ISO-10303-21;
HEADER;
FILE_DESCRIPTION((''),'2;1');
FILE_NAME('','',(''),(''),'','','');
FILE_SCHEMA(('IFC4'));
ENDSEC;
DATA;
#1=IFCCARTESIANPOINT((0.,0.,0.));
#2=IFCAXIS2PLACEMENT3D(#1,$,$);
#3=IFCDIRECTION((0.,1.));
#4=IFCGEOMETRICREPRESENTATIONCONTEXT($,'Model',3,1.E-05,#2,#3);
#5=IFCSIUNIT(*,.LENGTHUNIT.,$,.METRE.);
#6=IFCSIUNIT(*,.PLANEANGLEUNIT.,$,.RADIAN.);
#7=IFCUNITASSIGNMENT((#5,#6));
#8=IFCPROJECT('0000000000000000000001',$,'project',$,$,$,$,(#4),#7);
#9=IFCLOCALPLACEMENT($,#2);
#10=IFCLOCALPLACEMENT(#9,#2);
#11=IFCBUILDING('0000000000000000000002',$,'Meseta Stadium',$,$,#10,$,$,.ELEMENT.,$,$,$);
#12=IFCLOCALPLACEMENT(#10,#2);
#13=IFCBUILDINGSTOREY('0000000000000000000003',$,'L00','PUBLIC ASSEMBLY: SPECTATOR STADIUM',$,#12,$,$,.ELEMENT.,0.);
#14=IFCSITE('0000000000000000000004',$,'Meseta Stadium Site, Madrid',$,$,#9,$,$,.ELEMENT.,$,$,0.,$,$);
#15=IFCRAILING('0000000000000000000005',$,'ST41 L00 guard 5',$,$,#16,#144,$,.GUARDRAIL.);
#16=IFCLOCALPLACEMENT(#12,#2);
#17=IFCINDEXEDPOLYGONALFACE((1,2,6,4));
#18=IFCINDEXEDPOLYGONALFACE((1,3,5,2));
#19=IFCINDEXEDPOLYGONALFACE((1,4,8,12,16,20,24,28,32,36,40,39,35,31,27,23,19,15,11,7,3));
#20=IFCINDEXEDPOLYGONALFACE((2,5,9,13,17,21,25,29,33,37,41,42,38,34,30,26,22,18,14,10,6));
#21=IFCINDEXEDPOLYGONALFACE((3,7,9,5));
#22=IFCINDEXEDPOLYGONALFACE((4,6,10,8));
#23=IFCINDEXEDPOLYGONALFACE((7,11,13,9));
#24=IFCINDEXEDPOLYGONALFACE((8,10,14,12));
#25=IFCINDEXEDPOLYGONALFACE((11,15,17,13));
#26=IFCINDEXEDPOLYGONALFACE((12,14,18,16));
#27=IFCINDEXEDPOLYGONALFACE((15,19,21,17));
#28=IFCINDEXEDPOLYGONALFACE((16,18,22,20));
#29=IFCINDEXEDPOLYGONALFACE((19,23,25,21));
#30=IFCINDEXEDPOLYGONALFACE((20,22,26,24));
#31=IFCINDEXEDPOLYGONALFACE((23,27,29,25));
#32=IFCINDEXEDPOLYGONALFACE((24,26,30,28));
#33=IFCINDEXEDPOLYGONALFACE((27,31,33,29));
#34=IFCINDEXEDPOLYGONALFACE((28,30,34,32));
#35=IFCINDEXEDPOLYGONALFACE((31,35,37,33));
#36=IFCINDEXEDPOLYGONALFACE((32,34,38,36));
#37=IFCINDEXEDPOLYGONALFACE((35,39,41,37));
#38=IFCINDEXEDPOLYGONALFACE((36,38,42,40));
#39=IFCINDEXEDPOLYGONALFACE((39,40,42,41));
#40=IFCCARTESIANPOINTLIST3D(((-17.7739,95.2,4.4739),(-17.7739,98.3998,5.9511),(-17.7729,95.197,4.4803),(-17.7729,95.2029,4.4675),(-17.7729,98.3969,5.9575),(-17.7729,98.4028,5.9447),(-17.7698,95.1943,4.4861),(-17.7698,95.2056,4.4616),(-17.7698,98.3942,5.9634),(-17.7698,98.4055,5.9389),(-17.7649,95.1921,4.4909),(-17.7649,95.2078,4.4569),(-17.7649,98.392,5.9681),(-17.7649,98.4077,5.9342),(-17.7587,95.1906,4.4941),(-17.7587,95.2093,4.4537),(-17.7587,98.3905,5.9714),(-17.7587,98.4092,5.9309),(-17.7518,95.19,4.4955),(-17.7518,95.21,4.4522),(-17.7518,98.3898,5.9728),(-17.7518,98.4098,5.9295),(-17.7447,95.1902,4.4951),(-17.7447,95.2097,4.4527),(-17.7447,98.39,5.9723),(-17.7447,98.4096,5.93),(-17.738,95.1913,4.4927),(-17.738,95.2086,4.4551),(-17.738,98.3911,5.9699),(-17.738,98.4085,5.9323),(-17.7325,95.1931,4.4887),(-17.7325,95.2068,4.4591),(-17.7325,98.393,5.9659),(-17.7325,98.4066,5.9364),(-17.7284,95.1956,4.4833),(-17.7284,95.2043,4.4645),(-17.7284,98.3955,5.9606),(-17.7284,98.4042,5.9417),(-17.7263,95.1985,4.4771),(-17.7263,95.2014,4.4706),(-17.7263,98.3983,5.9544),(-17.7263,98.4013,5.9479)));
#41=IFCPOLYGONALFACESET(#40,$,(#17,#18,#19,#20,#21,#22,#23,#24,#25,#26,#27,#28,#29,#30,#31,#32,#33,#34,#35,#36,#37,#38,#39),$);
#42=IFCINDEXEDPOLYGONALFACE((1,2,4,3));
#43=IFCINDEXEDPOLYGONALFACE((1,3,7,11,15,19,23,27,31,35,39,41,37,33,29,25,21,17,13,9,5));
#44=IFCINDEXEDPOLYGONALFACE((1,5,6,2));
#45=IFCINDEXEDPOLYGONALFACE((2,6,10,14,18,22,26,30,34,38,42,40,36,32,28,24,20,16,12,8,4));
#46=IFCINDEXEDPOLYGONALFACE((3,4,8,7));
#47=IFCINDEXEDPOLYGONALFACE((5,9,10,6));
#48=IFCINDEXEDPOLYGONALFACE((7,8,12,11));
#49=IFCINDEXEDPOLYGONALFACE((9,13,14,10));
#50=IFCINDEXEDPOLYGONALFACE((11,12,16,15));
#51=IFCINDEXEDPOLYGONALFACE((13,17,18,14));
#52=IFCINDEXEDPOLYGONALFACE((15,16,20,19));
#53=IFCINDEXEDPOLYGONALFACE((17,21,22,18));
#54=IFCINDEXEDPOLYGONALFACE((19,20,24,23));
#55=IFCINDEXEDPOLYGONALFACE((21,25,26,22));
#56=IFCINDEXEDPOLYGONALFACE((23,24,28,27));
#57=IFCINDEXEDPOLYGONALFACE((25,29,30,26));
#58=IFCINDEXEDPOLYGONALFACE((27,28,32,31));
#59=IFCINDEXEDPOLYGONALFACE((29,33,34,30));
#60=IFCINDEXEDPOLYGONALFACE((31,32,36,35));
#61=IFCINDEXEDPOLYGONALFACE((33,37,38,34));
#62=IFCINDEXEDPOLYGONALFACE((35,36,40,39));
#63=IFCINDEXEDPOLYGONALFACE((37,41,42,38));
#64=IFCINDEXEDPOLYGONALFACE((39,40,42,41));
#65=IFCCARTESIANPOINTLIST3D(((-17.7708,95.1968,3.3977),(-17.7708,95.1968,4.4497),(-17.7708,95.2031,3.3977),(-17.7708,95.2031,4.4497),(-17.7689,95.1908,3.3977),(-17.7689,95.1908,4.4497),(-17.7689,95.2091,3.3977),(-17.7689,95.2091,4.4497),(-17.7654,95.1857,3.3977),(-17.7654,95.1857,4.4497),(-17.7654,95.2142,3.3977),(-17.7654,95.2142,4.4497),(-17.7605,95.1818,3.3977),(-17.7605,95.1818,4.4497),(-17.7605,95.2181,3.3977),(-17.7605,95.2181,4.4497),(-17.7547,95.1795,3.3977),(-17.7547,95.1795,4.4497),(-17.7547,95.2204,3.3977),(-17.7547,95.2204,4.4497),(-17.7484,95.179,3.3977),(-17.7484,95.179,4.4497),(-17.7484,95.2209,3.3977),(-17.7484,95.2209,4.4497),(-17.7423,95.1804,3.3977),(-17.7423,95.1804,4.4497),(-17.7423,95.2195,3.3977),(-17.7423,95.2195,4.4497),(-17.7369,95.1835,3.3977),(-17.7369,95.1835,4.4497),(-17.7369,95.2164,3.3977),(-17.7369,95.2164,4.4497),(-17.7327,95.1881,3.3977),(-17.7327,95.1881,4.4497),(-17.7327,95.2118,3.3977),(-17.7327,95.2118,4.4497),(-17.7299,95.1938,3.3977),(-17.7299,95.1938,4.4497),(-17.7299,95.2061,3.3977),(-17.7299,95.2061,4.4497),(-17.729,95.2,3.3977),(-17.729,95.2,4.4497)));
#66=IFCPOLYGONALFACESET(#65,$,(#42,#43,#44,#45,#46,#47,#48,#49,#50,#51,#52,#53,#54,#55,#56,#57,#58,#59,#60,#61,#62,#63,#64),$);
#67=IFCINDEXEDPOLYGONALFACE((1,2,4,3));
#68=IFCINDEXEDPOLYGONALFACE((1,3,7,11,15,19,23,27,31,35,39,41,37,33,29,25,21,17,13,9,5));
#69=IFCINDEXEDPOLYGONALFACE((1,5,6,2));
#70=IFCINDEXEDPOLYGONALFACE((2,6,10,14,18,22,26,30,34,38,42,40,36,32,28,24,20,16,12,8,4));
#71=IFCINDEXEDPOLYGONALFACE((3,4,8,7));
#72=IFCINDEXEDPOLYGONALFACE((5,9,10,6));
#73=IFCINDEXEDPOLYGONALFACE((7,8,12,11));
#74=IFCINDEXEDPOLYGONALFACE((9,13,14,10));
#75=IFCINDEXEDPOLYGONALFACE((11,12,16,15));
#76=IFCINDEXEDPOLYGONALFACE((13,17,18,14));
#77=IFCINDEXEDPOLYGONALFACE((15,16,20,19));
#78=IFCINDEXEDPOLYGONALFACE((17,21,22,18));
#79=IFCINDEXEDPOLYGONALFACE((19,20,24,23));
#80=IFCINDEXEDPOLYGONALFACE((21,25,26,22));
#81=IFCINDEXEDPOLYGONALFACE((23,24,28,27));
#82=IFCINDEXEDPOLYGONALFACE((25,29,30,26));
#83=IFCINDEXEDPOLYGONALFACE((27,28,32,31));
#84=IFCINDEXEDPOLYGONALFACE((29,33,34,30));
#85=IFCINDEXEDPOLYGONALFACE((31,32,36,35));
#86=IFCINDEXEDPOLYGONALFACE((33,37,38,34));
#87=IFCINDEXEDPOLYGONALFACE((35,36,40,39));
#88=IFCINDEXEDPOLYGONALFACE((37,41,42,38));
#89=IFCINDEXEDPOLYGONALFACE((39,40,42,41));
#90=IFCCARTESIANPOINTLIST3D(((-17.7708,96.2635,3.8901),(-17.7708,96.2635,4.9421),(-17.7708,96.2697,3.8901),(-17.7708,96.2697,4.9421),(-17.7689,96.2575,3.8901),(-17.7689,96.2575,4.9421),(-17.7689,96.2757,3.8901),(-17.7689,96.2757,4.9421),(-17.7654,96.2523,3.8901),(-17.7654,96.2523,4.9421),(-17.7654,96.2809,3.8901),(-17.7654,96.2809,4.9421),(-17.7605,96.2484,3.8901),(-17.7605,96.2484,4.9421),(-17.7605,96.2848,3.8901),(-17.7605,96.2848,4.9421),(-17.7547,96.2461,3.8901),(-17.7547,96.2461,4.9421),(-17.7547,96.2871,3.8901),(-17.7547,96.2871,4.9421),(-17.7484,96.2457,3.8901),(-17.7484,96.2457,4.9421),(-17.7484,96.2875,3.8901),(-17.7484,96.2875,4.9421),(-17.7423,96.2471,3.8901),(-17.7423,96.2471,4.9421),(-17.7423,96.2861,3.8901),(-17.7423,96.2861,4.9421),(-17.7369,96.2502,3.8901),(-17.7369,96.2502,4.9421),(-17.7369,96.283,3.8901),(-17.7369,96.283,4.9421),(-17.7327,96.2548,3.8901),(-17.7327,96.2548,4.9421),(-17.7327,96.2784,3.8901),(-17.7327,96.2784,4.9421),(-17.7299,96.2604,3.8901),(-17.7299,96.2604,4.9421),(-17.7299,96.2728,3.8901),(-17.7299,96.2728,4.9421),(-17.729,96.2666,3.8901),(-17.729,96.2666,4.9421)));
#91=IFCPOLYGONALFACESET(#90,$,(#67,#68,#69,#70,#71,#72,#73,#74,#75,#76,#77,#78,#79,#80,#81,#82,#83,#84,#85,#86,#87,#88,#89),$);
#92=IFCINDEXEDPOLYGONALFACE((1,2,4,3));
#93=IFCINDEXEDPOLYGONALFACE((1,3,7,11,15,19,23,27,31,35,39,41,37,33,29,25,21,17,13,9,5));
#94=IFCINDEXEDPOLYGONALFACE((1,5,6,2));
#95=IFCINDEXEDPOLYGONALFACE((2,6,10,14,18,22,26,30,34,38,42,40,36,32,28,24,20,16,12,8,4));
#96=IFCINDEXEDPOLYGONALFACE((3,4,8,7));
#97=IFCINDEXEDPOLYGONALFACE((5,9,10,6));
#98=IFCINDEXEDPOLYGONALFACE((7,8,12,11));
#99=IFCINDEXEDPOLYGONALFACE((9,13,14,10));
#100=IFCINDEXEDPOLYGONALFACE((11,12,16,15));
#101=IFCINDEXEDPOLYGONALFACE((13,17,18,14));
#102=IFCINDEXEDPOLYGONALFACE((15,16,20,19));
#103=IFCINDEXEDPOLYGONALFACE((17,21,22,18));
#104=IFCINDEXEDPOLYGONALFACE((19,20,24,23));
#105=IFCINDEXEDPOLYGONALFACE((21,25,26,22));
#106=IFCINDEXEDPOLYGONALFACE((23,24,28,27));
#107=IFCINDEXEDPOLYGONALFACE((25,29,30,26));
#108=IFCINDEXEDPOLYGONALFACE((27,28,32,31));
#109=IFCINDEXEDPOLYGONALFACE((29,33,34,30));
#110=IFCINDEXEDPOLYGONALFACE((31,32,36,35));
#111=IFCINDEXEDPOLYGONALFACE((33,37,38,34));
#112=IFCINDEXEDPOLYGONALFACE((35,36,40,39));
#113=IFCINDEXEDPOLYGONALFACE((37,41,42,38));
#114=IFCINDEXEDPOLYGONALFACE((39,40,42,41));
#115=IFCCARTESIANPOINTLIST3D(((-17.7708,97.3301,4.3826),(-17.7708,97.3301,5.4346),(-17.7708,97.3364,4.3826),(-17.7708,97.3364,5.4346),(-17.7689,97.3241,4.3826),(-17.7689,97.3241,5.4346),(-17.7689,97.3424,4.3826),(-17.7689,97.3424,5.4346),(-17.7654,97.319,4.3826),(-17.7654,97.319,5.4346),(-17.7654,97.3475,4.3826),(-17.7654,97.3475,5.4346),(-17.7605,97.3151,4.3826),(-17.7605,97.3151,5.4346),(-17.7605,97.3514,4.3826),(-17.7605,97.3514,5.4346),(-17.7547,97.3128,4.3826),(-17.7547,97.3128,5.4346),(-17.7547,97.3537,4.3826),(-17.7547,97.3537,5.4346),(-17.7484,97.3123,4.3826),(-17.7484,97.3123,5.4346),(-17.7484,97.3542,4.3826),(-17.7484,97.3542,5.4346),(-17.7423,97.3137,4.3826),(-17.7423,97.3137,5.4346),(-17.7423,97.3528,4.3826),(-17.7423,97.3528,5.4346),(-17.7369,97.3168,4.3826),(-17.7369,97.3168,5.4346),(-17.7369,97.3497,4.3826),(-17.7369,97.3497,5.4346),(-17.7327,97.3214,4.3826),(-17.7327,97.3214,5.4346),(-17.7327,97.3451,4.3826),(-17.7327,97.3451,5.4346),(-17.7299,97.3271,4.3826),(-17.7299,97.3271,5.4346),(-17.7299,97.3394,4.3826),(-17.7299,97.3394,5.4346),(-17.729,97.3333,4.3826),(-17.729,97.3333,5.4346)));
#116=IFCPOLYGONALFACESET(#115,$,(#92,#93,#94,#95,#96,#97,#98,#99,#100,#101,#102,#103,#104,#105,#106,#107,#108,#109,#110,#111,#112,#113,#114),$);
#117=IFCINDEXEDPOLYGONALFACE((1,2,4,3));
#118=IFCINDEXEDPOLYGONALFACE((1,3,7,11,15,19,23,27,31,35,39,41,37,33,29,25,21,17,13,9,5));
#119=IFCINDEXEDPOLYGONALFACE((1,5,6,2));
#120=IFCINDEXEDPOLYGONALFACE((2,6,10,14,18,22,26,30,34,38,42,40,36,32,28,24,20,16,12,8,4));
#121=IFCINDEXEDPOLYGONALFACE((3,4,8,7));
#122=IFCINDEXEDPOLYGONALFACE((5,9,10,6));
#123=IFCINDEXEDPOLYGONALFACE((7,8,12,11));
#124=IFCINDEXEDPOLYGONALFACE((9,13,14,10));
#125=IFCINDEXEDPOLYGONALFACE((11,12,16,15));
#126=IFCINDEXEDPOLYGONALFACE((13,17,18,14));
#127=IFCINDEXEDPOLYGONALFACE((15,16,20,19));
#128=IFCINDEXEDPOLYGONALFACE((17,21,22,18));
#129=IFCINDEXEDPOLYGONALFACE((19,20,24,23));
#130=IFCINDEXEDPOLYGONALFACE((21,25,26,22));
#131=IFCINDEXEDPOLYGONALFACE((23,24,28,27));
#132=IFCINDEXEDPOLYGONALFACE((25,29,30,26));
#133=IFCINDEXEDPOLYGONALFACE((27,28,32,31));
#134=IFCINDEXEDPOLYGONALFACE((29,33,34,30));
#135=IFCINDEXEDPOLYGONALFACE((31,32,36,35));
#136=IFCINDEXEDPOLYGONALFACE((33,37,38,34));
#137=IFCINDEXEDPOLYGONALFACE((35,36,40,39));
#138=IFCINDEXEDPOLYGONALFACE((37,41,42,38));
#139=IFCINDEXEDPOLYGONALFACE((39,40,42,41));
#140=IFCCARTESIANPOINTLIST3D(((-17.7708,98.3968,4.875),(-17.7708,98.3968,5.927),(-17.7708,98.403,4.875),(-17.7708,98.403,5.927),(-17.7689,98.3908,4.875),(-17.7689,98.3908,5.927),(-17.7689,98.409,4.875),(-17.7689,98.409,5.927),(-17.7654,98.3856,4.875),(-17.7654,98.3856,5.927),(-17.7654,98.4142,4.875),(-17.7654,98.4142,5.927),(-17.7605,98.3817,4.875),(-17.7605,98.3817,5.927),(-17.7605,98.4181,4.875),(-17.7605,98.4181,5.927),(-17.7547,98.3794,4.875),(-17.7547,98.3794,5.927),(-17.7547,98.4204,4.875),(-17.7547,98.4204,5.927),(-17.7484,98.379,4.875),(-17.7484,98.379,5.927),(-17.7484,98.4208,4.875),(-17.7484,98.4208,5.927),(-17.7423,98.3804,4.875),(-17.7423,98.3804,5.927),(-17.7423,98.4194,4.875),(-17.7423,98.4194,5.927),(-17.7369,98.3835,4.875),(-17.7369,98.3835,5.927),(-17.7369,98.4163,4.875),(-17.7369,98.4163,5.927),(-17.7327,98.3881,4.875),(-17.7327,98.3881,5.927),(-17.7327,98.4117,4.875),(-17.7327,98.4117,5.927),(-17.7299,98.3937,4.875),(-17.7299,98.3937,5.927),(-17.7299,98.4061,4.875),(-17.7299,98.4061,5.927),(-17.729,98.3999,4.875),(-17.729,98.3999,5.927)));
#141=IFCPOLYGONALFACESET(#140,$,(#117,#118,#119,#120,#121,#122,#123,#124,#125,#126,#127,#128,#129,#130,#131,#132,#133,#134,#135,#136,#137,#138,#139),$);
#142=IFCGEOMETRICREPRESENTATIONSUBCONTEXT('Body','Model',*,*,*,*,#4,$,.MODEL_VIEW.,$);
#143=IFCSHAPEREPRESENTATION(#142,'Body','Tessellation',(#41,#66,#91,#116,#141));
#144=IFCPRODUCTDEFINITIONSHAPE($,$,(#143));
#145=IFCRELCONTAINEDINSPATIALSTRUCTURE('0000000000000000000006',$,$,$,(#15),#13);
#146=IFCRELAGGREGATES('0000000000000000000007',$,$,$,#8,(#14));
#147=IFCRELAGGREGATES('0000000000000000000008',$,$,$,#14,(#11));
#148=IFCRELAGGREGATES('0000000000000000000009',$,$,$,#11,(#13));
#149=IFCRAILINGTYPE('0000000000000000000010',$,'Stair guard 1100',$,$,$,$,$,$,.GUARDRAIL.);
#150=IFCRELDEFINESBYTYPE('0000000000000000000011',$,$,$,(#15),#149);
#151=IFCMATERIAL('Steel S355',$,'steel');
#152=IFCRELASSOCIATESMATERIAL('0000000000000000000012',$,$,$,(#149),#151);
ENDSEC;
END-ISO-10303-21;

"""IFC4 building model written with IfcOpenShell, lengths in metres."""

from ifc_helpers import new_model, si_unit, direction, frame, origin, origin_2d, place, context, subcontext, project, spatial, circle, extrude, material, type_object, element, save


model = new_model("IFC4")

# Units and contexts
model_context = context("Model", 3, precision=1e-05, world=origin(), true_north=direction((0.0, 1.0)))
body_context = subcontext(model_context, "Body", "Model", "MODEL_VIEW")
ifc_project = project(units=[si_unit("LENGTHUNIT", "METRE"), si_unit("PLANEANGLEUNIT", "RADIAN")], contexts=[model_context])

# Site, building, storey
site_placement = place(None, origin())
site = spatial("IfcSite", under=ifc_project, at=site_placement, Name="Meseta Stadium Site, Madrid", CompositionType="ELEMENT", RefElevation=0.0)
building_placement = place(site_placement, origin())
building = spatial("IfcBuilding", under=site, at=building_placement, Name="Meseta Stadium", CompositionType="ELEMENT")
storey_placement = place(building_placement, origin())
storey = spatial("IfcBuildingStorey", under=building, at=storey_placement, Name="L00", Description="PUBLIC ASSEMBLY: SPECTATOR STADIUM", CompositionType="ELEMENT", Elevation=0.0)

# Railing
ifc_material_1 = material(Name="Steel S355", Category="steel")
railing_type_1 = type_object("IfcRailingType", Name="Stair guard 1100", PredefinedType="GUARDRAIL", material=ifc_material_1)
railing_1_placement = place(storey_placement, frame((-17.75, 95.2, 3.3977)))
element("IfcRailing", 1, at=railing_1_placement, inside=storey, type_object=railing_type_1, Name="ST41 L00 guard 5", PredefinedType="GUARDRAIL", context=body_context, shape_type="SweptSolid", body=[
    extrude(circle(Radius=0.0239, at=origin_2d()), frame((0.0, 0.0, 1.0762), z_axis=(0.0, 0.907917, 0.41915), x_axis=(-1.0, 0.0, 0.0)), (0.0, 0.0, 1.0), 3.5244),
    extrude(circle(Radius=0.021, at=origin_2d()), origin(), (0.0, 0.0, 1.0), 1.052),
    extrude(circle(Radius=0.021, at=origin_2d()), frame((0.0, 1.0667, 0.4924)), (0.0, 0.0, 1.0), 1.052),
    extrude(circle(Radius=0.021, at=origin_2d()), frame((0.0, 2.1333, 0.9849)), (0.0, 0.0, 1.0), 1.052),
    extrude(circle(Radius=0.021, at=origin_2d()), frame((0.0, 3.2, 1.4773)), (0.0, 0.0, 1.0), 1.052),
])

save(model, "model.ifc")
